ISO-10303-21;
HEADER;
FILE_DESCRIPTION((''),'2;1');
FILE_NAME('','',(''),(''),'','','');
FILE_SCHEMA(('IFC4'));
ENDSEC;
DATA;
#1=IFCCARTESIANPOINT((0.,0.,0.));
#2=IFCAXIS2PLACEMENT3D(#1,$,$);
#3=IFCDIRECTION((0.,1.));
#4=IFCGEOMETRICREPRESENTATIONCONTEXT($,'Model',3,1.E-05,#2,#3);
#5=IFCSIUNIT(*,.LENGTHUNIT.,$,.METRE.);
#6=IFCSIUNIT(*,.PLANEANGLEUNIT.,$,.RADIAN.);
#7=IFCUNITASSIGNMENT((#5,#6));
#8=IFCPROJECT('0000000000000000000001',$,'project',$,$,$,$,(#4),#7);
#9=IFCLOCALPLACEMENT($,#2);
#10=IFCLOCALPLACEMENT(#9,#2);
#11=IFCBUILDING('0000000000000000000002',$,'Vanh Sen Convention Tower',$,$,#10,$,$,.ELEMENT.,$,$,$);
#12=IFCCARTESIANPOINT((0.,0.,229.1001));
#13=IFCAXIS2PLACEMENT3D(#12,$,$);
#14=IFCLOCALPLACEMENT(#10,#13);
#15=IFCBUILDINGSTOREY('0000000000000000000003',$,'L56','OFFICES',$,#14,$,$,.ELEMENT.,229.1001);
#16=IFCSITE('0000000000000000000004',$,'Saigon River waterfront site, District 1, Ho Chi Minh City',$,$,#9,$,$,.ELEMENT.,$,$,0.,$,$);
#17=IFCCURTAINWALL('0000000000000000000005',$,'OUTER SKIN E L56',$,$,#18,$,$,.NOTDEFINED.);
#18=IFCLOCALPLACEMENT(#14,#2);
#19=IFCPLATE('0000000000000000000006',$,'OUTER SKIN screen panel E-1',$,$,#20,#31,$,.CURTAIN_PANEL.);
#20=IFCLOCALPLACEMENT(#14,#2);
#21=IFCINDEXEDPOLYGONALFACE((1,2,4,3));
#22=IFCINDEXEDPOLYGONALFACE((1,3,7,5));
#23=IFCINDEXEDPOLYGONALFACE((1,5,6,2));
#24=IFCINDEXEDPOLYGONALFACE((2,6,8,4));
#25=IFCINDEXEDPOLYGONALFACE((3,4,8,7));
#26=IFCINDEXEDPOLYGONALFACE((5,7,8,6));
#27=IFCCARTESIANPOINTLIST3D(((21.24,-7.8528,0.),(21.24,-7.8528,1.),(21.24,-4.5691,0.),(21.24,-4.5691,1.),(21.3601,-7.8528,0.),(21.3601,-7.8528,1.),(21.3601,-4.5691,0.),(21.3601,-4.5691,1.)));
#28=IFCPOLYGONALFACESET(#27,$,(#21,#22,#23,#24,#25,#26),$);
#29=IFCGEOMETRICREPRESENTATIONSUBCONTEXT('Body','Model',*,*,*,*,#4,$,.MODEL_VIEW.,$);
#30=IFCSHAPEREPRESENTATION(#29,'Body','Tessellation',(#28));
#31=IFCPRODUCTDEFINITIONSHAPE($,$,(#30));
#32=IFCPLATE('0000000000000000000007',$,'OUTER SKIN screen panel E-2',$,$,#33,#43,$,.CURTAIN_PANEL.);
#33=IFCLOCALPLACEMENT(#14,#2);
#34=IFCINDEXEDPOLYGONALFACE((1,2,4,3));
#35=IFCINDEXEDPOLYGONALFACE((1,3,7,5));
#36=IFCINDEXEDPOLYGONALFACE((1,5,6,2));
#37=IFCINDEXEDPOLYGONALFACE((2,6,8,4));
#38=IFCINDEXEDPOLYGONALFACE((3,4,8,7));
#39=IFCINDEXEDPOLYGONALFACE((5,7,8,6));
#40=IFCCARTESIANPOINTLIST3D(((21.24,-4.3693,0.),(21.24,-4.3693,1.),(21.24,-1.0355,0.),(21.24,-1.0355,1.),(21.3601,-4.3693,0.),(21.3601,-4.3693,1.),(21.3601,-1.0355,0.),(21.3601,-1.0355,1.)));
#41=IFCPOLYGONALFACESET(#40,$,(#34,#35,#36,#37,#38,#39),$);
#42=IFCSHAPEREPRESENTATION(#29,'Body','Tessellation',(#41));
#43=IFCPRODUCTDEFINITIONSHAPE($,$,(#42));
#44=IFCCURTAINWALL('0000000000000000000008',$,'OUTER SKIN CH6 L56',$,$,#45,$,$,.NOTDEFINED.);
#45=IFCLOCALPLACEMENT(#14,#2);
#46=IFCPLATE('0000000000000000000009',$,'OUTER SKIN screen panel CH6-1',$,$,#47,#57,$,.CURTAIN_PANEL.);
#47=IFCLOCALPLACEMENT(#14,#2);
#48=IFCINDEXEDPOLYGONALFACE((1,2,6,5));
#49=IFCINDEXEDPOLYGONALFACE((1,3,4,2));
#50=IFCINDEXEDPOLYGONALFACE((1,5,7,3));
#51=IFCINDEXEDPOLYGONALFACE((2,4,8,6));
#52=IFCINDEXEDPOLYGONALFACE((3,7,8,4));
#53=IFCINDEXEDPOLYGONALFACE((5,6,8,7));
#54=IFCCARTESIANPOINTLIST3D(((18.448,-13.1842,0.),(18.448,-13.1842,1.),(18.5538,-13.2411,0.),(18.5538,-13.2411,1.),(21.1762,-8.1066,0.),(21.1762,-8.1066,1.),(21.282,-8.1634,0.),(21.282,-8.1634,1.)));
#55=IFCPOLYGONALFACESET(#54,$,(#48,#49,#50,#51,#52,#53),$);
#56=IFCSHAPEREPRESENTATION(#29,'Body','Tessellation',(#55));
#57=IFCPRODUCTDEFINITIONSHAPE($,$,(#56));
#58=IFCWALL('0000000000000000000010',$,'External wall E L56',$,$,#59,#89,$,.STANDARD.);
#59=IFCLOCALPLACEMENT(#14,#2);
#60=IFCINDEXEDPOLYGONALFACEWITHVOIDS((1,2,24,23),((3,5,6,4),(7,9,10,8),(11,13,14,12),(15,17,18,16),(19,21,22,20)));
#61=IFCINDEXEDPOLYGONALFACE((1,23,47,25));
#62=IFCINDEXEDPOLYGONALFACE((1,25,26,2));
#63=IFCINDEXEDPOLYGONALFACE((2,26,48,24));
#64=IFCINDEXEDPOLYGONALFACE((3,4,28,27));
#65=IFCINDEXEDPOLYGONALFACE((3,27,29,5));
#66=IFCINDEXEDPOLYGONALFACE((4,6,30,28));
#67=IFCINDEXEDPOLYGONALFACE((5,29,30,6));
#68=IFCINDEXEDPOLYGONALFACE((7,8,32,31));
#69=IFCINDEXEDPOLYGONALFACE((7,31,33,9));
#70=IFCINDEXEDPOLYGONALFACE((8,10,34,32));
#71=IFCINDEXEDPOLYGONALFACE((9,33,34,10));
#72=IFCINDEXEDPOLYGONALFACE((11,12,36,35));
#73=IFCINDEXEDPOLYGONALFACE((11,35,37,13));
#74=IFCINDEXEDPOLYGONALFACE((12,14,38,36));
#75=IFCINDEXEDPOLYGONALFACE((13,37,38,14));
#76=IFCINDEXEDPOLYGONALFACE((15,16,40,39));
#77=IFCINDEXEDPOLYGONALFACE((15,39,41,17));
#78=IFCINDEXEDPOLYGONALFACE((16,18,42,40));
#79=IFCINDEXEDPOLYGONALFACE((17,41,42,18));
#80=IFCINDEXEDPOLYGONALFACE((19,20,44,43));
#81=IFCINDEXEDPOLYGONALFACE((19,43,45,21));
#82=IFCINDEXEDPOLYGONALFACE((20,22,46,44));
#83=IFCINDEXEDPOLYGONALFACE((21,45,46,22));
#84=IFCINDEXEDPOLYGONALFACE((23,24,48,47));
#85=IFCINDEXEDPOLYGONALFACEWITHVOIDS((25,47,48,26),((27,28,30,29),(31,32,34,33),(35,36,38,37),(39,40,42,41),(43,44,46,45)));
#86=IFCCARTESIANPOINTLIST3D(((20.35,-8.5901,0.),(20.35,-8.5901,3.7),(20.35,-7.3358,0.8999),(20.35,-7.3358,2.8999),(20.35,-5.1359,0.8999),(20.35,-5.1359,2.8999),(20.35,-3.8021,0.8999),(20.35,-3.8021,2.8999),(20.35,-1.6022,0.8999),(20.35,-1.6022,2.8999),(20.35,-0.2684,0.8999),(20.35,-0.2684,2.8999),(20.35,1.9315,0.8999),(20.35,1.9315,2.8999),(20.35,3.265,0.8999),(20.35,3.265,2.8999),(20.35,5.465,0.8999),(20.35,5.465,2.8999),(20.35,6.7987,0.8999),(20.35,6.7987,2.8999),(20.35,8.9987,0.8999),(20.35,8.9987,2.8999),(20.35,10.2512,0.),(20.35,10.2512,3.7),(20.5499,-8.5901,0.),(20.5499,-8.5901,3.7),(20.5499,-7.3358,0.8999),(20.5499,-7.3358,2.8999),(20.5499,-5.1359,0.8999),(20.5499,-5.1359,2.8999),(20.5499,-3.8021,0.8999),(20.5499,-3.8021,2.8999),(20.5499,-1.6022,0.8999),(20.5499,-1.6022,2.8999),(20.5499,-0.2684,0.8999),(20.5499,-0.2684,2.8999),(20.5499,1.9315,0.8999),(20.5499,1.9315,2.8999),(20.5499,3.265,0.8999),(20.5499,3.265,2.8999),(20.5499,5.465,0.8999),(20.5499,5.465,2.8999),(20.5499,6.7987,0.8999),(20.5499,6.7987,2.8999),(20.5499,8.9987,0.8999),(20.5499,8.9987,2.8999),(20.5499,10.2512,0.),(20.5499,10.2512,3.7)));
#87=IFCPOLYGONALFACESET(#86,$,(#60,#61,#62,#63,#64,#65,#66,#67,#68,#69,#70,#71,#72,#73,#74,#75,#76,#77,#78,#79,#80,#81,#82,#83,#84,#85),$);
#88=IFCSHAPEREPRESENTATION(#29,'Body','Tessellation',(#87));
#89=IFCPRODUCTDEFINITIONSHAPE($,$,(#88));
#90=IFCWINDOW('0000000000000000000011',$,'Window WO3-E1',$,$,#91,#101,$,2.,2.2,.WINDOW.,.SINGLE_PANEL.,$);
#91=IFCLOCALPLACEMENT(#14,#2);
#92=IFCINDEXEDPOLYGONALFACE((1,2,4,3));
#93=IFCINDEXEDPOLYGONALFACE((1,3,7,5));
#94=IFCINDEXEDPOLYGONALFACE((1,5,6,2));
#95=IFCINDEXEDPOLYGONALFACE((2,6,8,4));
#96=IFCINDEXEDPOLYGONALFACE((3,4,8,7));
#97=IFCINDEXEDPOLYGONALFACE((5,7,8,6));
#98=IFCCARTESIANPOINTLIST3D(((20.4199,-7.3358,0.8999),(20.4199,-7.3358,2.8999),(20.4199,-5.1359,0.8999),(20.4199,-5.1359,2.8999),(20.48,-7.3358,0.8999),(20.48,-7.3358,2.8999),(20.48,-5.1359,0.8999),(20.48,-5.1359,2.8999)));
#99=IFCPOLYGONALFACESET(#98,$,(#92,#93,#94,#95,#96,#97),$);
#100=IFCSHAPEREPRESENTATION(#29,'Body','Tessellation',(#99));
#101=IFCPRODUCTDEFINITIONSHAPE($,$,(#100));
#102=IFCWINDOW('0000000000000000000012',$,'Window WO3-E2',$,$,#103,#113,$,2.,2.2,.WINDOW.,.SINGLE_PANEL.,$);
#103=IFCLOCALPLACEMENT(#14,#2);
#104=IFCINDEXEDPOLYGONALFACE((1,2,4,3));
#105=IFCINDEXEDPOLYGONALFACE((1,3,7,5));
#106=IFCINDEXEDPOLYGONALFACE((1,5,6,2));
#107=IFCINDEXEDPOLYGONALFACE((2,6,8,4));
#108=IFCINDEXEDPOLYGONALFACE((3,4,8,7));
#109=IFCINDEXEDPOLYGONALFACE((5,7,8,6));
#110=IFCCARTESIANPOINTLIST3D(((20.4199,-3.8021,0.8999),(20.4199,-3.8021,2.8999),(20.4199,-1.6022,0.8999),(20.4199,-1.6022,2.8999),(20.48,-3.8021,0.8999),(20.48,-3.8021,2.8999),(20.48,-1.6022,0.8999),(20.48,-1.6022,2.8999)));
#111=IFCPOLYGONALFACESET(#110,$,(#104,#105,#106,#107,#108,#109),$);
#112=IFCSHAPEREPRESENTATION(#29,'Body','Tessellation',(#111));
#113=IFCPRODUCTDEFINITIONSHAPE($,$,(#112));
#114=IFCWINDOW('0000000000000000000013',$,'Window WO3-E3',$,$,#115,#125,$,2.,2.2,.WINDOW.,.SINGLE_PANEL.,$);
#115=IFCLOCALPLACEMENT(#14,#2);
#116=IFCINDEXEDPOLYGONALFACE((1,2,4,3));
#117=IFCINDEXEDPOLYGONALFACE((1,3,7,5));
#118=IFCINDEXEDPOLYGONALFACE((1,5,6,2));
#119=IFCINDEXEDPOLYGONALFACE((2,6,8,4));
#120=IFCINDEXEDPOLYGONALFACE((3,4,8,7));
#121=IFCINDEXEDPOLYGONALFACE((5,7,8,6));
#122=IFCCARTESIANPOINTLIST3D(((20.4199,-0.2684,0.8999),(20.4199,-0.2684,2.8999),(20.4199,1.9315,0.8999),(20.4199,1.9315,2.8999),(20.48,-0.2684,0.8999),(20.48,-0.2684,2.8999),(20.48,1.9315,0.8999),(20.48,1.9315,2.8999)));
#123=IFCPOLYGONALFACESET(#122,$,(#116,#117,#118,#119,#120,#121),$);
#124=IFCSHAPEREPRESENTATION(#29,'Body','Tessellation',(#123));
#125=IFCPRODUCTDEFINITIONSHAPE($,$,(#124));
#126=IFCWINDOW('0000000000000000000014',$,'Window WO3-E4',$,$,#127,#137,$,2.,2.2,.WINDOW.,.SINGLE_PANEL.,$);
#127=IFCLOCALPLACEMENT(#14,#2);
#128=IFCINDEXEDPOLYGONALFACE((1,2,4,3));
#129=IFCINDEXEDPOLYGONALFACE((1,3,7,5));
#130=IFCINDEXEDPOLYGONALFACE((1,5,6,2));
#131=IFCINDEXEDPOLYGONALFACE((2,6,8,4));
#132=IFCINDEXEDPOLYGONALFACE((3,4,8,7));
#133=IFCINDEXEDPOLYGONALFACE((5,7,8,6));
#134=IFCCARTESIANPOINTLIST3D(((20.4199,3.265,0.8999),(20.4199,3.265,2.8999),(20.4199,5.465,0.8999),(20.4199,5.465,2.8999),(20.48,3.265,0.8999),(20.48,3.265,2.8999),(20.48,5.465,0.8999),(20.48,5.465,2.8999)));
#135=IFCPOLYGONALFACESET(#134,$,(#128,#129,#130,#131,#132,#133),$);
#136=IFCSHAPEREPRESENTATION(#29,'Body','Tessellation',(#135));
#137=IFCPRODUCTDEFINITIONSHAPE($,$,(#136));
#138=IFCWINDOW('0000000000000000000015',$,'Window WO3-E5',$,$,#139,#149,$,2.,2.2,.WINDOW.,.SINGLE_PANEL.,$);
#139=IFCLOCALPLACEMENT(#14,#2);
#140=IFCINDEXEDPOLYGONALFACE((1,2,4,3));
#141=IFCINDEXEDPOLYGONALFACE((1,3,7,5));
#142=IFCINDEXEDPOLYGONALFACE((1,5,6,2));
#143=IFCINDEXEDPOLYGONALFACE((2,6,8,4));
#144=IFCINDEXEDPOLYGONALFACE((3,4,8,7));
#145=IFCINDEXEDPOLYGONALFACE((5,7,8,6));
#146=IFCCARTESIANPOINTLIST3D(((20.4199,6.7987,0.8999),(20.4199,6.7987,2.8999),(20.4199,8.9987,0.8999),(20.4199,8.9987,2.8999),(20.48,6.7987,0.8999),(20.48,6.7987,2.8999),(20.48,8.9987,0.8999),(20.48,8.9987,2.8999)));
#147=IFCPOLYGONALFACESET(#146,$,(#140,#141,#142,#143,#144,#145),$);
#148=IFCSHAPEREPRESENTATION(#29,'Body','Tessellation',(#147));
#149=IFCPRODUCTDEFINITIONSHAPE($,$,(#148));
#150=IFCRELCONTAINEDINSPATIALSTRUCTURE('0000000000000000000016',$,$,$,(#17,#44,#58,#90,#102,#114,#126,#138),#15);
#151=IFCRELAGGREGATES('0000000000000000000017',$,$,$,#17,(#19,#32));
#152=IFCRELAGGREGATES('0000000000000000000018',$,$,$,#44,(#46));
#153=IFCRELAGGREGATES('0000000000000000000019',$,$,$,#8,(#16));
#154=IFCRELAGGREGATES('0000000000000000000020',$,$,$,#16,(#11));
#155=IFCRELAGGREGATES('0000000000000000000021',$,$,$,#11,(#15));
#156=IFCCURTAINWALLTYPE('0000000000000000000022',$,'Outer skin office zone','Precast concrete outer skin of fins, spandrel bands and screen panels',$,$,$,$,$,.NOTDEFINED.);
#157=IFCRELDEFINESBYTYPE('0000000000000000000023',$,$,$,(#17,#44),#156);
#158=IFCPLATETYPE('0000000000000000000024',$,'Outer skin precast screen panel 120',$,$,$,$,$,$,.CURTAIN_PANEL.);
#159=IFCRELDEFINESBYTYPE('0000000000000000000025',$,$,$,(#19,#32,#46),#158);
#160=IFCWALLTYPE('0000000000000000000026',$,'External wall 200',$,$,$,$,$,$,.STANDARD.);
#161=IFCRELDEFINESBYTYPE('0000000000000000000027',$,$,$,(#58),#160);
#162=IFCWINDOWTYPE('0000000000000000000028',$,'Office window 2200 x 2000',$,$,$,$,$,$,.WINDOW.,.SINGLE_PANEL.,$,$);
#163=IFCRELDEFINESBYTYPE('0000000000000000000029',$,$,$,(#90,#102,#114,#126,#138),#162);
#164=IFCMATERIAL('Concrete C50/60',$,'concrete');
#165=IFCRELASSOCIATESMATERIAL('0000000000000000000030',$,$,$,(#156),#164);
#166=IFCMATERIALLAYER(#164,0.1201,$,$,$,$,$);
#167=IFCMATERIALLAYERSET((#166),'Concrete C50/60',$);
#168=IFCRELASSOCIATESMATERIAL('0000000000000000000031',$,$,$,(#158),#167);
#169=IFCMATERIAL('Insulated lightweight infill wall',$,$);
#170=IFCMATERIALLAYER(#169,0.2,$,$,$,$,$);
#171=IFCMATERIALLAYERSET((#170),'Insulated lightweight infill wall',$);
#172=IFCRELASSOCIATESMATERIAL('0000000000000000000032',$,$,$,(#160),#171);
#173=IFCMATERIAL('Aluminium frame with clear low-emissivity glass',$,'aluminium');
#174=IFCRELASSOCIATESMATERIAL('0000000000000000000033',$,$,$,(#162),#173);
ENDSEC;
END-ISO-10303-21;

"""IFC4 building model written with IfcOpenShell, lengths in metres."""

from ifc_helpers import new_model, si_unit, direction, frame, frame_2d, origin, origin_2d, place, context, subcontext, project, spatial, rectangle, extrude, material, layer, layer_set, type_object, element, fill, aggregate, save


model = new_model("IFC4")

# Units and contexts
model_context = context("Model", 3, precision=1e-05, world=origin(), true_north=direction((0.0, 1.0)))
body_context = subcontext(model_context, "Body", "Model", "MODEL_VIEW")
ifc_project = project(units=[si_unit("LENGTHUNIT", "METRE"), si_unit("PLANEANGLEUNIT", "RADIAN")], contexts=[model_context])

# Site, building, storey
site_placement = place(None, origin())
site = spatial("IfcSite", under=ifc_project, at=site_placement, Name="Saigon River waterfront site, District 1, Ho Chi Minh City", CompositionType="ELEMENT", RefElevation=0.0)
building_placement = place(site_placement, origin())
building = spatial("IfcBuilding", under=site, at=building_placement, Name="Vanh Sen Convention Tower", CompositionType="ELEMENT")
storey_placement = place(building_placement, frame((0.0, 0.0, 229.1001)))
storey = spatial("IfcBuildingStorey", under=building, at=storey_placement, Name="L56", Description="OFFICES", CompositionType="ELEMENT", Elevation=229.1001)

# Curtain wall
ifc_material_1 = material(Name="Concrete C50/60", Category="concrete")
curtain_wall_type = type_object("IfcCurtainWallType", Name="Outer skin office zone", Description="Precast concrete outer skin of fins, spandrel bands and screen panels", PredefinedType="NOTDEFINED", material=ifc_material_1)
curtain_wall_1_placement = place(storey_placement, origin())
curtain_wall_1 = element("IfcCurtainWall", 1, at=curtain_wall_1_placement, inside=storey, type_object=curtain_wall_type, Name="OUTER SKIN E L56", PredefinedType="NOTDEFINED")

# Plates
ifc_layer_1 = layer(ifc_material_1, 0.1201)
ifc_layer_set_1 = layer_set([ifc_layer_1], Name="Concrete C50/60")
plate_type = type_object("IfcPlateType", Name="Outer skin precast screen panel 120", PredefinedType="CURTAIN_PANEL", material=ifc_layer_set_1)
plate_1_placement = place(storey_placement, frame((21.3, -6.2109, 0.0), z_axis=(0.0, 0.0, 1.0), x_axis=(0.0, 1.0, 0.0)))
plate_1 = element("IfcPlate", 2, at=plate_1_placement, type_object=plate_type, Name="OUTER SKIN screen panel E-1", PredefinedType="CURTAIN_PANEL", context=body_context, shape_type="SweptSolid", body=[
    extrude(rectangle(XDim=3.2837, YDim=0.1201, at=origin_2d()), origin(), (0.0, 0.0, 1.0), 1.0),
])
plate_2_placement = place(storey_placement, frame((21.3, -2.7024, 0.0), z_axis=(0.0, 0.0, 1.0), x_axis=(0.0, 1.0, 0.0)))
plate_2 = element("IfcPlate", 3, at=plate_2_placement, type_object=plate_type, Name="OUTER SKIN screen panel E-2", PredefinedType="CURTAIN_PANEL", context=body_context, shape_type="SweptSolid", body=[
    extrude(rectangle(XDim=3.3337, YDim=0.1201, at=origin_2d()), origin(), (0.0, 0.0, 1.0), 1.0),
])
aggregate(curtain_wall_1, [plate_1, plate_2])

# Curtain wall, plate
curtain_wall_2_placement = place(storey_placement, origin())
curtain_wall_2 = element("IfcCurtainWall", 4, at=curtain_wall_2_placement, inside=storey, type_object=curtain_wall_type, Name="OUTER SKIN CH6 L56", PredefinedType="NOTDEFINED")
plate_3_placement = place(storey_placement, frame((19.865, -10.6738, 0.0), z_axis=(0.0, 0.0, 1.0), x_axis=(0.473314, 0.880894, 0.0)))
plate_3 = element("IfcPlate", 5, at=plate_3_placement, type_object=plate_type, Name="OUTER SKIN screen panel CH6-1", PredefinedType="CURTAIN_PANEL", context=body_context, shape_type="SweptSolid", body=[
    extrude(rectangle(XDim=5.7642, YDim=0.1201, at=origin_2d()), origin(), (0.0, 0.0, 1.0), 1.0),
])
aggregate(curtain_wall_2, [plate_3])

# Wall, openings, windows
ifc_material_2 = material(Name="Insulated lightweight infill wall")
ifc_layer_2 = layer(ifc_material_2, 0.2)
ifc_layer_set_2 = layer_set([ifc_layer_2], Name="Insulated lightweight infill wall")
wall_type = type_object("IfcWallType", Name="External wall 200", PredefinedType="STANDARD", material=ifc_layer_set_2)
wall_1_placement = place(storey_placement, frame((20.45, -8.5901, 0.0), z_axis=(0.0, 0.0, 1.0), x_axis=(0.0, 1.0, 0.0)))
wall_1 = element("IfcWall", 6, at=wall_1_placement, inside=storey, type_object=wall_type, Name="External wall E L56", PredefinedType="STANDARD", context=body_context, shape_type="SweptSolid", body=[
    extrude(rectangle(XDim=18.8413, YDim=0.2, at=frame_2d((9.4207, 0.0))), origin(), (0.0, 0.0, 1.0), 3.7),
])
opening_1_placement = place(wall_1_placement, frame((1.2542, 0.0, 0.8999)))
opening_1 = element("IfcOpeningElement", 7, at=opening_1_placement, cuts=wall_1, PredefinedType="OPENING", context=body_context, shape_type="SweptSolid", body=[
    extrude(rectangle(XDim=2.2, YDim=2.0, at=frame_2d((1.1001, 1.0))), frame((0.0, 0.1099, 0.0), z_axis=(0.0, -1.0, 0.0), x_axis=(1.0, 0.0, 0.0)), (0.0, 0.0, 1.0), 0.22),
])
opening_2_placement = place(wall_1_placement, frame((4.7878, 0.0, 0.8999)))
opening_2 = element("IfcOpeningElement", 8, at=opening_2_placement, cuts=wall_1, PredefinedType="OPENING", context=body_context, shape_type="SweptSolid", body=[
    extrude(rectangle(XDim=2.2, YDim=2.0, at=frame_2d((1.1001, 1.0))), frame((0.0, 0.1099, 0.0), z_axis=(0.0, -1.0, 0.0), x_axis=(1.0, 0.0, 0.0)), (0.0, 0.0, 1.0), 0.22),
])
opening_3_placement = place(wall_1_placement, frame((8.3215, 0.0, 0.8999)))
opening_3 = element("IfcOpeningElement", 9, at=opening_3_placement, cuts=wall_1, PredefinedType="OPENING", context=body_context, shape_type="SweptSolid", body=[
    extrude(rectangle(XDim=2.2, YDim=2.0, at=frame_2d((1.1001, 1.0))), frame((0.0, 0.1099, 0.0), z_axis=(0.0, -1.0, 0.0), x_axis=(1.0, 0.0, 0.0)), (0.0, 0.0, 1.0), 0.22),
])
opening_4_placement = place(wall_1_placement, frame((11.855, 0.0, 0.8999)))
opening_4 = element("IfcOpeningElement", 10, at=opening_4_placement, cuts=wall_1, PredefinedType="OPENING", context=body_context, shape_type="SweptSolid", body=[
    extrude(rectangle(XDim=2.2, YDim=2.0, at=frame_2d((1.1001, 1.0))), frame((0.0, 0.1099, 0.0), z_axis=(0.0, -1.0, 0.0), x_axis=(1.0, 0.0, 0.0)), (0.0, 0.0, 1.0), 0.22),
])
opening_5_placement = place(wall_1_placement, frame((15.3887, 0.0, 0.8999)))
opening_5 = element("IfcOpeningElement", 11, at=opening_5_placement, cuts=wall_1, PredefinedType="OPENING", context=body_context, shape_type="SweptSolid", body=[
    extrude(rectangle(XDim=2.2, YDim=2.0, at=frame_2d((1.1001, 1.0))), frame((0.0, 0.1099, 0.0), z_axis=(0.0, -1.0, 0.0), x_axis=(1.0, 0.0, 0.0)), (0.0, 0.0, 1.0), 0.22),
])
ifc_material_3 = material(Name="Aluminium frame with clear low-emissivity glass", Category="aluminium")
window_type_1 = type_object("IfcWindowType", Name="Office window 2200 x 2000", PartitioningType="SINGLE_PANEL", PredefinedType="WINDOW", material=ifc_material_3)
window_1_placement = place(opening_1_placement, origin())
window_1 = element("IfcWindow", 12, at=window_1_placement, inside=storey, type_object=window_type_1, Name="Window WO3-E1", OverallHeight=2.0, OverallWidth=2.2, PartitioningType="SINGLE_PANEL", PredefinedType="WINDOW", context=body_context, shape_type="SweptSolid", body=[
    extrude(rectangle(XDim=2.2, YDim=2.0, at=frame_2d((1.1001, 1.0))), frame((0.0, 0.03, 0.0), z_axis=(0.0, -1.0, 0.0), x_axis=(1.0, 0.0, 0.0)), (0.0, 0.0, 1.0), 0.0601),
])
fill(opening_1, window_1)
window_2_placement = place(opening_2_placement, origin())
window_2 = element("IfcWindow", 13, at=window_2_placement, inside=storey, type_object=window_type_1, Name="Window WO3-E2", OverallHeight=2.0, OverallWidth=2.2, PartitioningType="SINGLE_PANEL", PredefinedType="WINDOW", context=body_context, shape_type="SweptSolid", body=[
    extrude(rectangle(XDim=2.2, YDim=2.0, at=frame_2d((1.1001, 1.0))), frame((0.0, 0.03, 0.0), z_axis=(0.0, -1.0, 0.0), x_axis=(1.0, 0.0, 0.0)), (0.0, 0.0, 1.0), 0.0601),
])
fill(opening_2, window_2)
window_3_placement = place(opening_3_placement, origin())
window_3 = element("IfcWindow", 14, at=window_3_placement, inside=storey, type_object=window_type_1, Name="Window WO3-E3", OverallHeight=2.0, OverallWidth=2.2, PartitioningType="SINGLE_PANEL", PredefinedType="WINDOW", context=body_context, shape_type="SweptSolid", body=[
    extrude(rectangle(XDim=2.2, YDim=2.0, at=frame_2d((1.1001, 1.0))), frame((0.0, 0.03, 0.0), z_axis=(0.0, -1.0, 0.0), x_axis=(1.0, 0.0, 0.0)), (0.0, 0.0, 1.0), 0.0601),
])
fill(opening_3, window_3)
window_4_placement = place(opening_4_placement, origin())
window_4 = element("IfcWindow", 15, at=window_4_placement, inside=storey, type_object=window_type_1, Name="Window WO3-E4", OverallHeight=2.0, OverallWidth=2.2, PartitioningType="SINGLE_PANEL", PredefinedType="WINDOW", context=body_context, shape_type="SweptSolid", body=[
    extrude(rectangle(XDim=2.2, YDim=2.0, at=frame_2d((1.1001, 1.0))), frame((0.0, 0.03, 0.0), z_axis=(0.0, -1.0, 0.0), x_axis=(1.0, 0.0, 0.0)), (0.0, 0.0, 1.0), 0.0601),
])
fill(opening_4, window_4)
window_5_placement = place(opening_5_placement, origin())
window_5 = element("IfcWindow", 16, at=window_5_placement, inside=storey, type_object=window_type_1, Name="Window WO3-E5", OverallHeight=2.0, OverallWidth=2.2, PartitioningType="SINGLE_PANEL", PredefinedType="WINDOW", context=body_context, shape_type="SweptSolid", body=[
    extrude(rectangle(XDim=2.2, YDim=2.0, at=frame_2d((1.1001, 1.0))), frame((0.0, 0.03, 0.0), z_axis=(0.0, -1.0, 0.0), x_axis=(1.0, 0.0, 0.0)), (0.0, 0.0, 1.0), 0.0601),
])
fill(opening_5, window_5)

save(model, "model.ifc")
